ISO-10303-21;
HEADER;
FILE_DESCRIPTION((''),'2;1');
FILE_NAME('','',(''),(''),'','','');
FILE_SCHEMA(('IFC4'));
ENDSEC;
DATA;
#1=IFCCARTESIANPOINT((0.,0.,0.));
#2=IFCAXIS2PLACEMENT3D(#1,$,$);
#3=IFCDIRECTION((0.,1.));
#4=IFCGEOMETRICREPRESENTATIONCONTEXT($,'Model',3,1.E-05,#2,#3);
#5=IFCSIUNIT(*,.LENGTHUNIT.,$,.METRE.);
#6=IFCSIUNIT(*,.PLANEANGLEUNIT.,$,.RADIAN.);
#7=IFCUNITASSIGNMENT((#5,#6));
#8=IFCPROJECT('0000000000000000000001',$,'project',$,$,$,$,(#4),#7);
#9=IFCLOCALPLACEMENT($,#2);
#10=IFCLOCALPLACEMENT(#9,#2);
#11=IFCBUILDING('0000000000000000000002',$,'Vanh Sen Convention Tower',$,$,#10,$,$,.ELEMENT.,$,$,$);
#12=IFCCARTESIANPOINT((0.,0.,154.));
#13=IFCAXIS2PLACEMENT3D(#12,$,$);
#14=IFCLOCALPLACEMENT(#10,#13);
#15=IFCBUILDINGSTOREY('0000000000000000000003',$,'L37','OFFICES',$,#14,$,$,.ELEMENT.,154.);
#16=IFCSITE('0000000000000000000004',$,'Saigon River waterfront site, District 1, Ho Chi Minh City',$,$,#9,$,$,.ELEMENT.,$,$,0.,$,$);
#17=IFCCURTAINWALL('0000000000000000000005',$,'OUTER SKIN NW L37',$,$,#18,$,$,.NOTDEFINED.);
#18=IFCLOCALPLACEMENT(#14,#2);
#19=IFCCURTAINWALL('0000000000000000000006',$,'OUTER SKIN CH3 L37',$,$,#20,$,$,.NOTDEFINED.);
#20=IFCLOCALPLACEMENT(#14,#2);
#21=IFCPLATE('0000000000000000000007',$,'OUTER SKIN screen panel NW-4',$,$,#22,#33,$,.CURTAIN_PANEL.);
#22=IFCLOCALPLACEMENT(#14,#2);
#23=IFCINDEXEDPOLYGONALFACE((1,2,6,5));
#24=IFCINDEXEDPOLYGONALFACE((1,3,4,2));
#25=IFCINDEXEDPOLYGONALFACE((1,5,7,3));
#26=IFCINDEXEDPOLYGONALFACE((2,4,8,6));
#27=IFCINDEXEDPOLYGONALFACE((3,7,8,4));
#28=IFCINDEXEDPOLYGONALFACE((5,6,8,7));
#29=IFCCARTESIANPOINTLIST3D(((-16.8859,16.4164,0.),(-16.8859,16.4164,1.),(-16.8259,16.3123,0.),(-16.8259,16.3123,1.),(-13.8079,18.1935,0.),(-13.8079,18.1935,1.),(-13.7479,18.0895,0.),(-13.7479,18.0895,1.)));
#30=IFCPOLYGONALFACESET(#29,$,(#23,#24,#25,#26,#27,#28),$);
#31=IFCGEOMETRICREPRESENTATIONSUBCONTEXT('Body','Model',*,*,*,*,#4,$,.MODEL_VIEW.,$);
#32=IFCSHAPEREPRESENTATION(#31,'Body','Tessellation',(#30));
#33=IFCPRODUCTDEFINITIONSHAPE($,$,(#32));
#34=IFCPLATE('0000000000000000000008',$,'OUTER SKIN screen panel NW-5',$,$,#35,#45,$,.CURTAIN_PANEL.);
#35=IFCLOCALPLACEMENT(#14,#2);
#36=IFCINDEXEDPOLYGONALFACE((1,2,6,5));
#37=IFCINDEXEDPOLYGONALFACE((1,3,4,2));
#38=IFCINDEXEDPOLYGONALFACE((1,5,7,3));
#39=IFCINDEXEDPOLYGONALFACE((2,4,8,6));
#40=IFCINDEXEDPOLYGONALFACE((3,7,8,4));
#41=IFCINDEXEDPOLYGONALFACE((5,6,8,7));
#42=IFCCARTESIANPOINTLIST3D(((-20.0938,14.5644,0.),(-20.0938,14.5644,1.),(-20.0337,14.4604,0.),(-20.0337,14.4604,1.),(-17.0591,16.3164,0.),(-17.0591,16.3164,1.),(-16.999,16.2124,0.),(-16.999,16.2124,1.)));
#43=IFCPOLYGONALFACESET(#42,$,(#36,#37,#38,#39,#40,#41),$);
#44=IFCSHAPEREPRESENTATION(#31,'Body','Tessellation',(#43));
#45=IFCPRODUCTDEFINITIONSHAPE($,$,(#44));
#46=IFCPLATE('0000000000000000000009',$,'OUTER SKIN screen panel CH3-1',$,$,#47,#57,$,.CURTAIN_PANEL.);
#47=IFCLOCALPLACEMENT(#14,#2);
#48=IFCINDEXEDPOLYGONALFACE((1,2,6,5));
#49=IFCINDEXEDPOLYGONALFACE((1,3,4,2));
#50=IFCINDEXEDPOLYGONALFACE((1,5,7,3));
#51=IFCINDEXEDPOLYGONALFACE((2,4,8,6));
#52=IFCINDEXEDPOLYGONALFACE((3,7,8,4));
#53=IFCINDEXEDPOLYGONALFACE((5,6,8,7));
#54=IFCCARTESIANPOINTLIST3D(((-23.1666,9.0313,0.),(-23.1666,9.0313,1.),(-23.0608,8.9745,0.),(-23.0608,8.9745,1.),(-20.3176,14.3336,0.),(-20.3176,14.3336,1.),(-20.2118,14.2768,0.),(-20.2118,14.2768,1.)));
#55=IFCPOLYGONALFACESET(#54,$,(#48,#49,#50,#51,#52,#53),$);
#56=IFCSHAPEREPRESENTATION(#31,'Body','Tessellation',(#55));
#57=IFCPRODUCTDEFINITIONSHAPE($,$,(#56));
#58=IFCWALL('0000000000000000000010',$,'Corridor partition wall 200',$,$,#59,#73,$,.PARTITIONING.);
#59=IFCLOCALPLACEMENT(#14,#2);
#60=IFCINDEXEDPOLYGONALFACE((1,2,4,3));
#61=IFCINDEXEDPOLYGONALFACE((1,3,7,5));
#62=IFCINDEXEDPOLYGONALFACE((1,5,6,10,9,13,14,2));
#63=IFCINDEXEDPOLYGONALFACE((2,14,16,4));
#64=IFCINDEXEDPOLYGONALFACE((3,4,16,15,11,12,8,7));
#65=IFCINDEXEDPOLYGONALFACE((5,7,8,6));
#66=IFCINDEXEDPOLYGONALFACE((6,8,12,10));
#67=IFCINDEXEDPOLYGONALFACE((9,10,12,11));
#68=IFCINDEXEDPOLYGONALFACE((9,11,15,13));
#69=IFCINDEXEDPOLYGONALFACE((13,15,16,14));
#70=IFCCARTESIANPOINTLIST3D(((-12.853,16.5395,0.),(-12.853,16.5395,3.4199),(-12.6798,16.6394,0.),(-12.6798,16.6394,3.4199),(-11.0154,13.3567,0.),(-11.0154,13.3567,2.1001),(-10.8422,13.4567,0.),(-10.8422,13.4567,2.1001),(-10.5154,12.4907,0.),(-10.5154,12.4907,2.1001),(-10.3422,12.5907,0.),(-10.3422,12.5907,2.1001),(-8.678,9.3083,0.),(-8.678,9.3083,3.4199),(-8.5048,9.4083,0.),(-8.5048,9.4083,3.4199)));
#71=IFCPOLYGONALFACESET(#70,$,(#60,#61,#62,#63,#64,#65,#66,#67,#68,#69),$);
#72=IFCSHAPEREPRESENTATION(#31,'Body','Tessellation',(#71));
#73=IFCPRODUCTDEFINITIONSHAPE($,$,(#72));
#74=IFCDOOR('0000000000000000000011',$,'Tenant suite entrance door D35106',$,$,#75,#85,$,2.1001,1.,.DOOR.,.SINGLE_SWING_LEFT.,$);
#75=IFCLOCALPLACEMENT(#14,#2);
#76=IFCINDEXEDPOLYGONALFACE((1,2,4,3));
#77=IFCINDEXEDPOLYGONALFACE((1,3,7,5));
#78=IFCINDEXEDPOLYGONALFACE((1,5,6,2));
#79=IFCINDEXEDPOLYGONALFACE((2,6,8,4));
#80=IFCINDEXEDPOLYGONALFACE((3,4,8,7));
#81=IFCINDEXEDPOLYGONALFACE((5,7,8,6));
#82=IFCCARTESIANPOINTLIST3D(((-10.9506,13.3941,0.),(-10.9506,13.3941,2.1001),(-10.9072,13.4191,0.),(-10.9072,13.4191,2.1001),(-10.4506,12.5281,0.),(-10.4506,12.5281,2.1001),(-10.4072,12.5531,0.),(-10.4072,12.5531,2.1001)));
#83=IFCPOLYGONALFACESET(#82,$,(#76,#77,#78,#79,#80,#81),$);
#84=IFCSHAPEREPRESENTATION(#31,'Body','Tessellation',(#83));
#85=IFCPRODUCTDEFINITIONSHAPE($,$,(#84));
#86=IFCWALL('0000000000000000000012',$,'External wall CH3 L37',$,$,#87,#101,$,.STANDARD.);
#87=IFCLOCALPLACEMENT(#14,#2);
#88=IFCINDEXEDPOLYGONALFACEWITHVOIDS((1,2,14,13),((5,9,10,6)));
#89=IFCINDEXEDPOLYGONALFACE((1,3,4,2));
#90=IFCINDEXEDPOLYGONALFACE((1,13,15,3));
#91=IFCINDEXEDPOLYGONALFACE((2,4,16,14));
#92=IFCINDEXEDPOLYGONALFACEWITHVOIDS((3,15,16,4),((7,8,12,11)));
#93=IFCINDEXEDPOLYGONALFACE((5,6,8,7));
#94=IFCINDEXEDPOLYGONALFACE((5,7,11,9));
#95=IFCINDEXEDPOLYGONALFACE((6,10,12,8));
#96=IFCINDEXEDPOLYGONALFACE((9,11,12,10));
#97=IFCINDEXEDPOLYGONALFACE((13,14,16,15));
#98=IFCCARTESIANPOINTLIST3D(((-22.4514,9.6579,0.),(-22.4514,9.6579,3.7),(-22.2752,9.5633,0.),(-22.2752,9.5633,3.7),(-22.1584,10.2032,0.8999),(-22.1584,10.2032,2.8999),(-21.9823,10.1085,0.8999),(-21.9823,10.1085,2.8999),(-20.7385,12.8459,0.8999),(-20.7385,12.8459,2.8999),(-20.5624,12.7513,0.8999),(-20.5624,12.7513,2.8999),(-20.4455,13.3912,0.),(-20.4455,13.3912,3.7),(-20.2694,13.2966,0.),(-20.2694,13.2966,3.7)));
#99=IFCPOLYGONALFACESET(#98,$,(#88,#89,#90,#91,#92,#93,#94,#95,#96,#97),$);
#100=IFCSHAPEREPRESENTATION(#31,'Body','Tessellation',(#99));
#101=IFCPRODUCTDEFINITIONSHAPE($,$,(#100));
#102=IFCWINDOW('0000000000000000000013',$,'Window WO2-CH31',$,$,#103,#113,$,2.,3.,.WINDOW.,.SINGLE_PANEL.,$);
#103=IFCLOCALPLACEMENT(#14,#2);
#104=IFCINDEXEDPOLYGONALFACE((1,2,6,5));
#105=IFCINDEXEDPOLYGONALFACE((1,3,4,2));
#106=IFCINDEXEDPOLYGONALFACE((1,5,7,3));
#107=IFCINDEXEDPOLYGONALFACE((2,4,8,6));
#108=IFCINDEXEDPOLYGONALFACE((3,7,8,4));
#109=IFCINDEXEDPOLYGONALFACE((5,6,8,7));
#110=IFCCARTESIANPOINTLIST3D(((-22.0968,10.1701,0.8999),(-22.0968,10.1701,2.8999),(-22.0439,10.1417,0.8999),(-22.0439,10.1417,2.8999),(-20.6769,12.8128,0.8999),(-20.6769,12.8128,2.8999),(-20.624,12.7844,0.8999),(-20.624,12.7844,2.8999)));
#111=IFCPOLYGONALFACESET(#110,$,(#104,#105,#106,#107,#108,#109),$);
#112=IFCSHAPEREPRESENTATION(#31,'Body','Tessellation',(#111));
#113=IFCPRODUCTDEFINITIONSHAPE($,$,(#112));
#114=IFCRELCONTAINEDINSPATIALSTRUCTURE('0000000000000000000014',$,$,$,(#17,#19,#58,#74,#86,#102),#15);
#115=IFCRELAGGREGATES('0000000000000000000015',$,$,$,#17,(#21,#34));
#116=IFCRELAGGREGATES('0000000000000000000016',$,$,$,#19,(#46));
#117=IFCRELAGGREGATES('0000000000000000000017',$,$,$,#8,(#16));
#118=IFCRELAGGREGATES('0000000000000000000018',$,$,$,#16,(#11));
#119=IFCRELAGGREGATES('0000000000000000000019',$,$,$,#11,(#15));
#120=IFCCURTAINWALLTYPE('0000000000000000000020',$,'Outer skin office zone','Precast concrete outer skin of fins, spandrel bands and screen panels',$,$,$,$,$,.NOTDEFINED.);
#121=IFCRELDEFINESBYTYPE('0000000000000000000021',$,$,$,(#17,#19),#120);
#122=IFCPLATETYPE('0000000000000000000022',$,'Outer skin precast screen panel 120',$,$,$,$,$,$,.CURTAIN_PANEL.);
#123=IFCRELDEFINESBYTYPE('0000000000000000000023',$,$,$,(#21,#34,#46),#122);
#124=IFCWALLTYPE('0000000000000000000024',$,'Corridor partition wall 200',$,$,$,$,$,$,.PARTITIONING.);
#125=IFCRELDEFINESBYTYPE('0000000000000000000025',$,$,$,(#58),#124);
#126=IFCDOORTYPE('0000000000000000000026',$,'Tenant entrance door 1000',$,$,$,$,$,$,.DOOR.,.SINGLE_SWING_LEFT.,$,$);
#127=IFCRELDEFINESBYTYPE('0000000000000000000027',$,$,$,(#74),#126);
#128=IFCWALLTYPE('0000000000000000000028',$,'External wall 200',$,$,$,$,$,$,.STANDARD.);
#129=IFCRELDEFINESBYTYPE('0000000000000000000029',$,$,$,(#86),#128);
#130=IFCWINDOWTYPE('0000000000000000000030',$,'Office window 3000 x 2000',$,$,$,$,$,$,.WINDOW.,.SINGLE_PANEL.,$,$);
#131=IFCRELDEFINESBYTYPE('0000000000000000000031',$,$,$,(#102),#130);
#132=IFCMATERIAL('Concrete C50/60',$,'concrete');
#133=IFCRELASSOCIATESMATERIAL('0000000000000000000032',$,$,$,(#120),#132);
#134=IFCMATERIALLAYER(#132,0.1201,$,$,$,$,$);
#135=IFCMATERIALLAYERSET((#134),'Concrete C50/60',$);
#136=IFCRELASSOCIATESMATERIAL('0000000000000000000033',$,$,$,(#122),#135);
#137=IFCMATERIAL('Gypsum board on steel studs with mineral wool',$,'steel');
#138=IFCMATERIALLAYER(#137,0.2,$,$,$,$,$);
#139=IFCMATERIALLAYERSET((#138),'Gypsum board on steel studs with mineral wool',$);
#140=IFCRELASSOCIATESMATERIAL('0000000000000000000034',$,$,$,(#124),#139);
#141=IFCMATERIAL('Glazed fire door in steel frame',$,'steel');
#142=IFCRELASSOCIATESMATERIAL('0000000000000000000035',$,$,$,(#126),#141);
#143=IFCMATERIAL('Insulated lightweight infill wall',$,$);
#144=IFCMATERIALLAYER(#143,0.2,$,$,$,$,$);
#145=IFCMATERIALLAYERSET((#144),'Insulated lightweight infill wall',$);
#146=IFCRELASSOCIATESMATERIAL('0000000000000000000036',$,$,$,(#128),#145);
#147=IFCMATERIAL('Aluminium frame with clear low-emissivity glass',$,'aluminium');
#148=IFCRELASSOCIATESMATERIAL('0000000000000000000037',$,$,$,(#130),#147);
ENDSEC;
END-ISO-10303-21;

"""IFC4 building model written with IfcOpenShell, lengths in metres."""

from ifc_helpers import new_model, si_unit, direction, frame, frame_2d, origin, origin_2d, place, context, subcontext, project, spatial, rectangle, extrude, material, layer, layer_set, type_object, element, fill, aggregate, save


model = new_model("IFC4")

# Units and contexts
model_context = context("Model", 3, precision=1e-05, world=origin(), true_north=direction((0.0, 1.0)))
body_context = subcontext(model_context, "Body", "Model", "MODEL_VIEW")
ifc_project = project(units=[si_unit("LENGTHUNIT", "METRE"), si_unit("PLANEANGLEUNIT", "RADIAN")], contexts=[model_context])

# Site, building, storey
site_placement = place(None, origin())
site = spatial("IfcSite", under=ifc_project, at=site_placement, Name="Saigon River waterfront site, District 1, Ho Chi Minh City", CompositionType="ELEMENT", RefElevation=0.0)
building_placement = place(site_placement, origin())
building = spatial("IfcBuilding", under=site, at=building_placement, Name="Vanh Sen Convention Tower", CompositionType="ELEMENT")
storey_placement = place(building_placement, frame((0.0, 0.0, 154.0)))
storey = spatial("IfcBuildingStorey", under=building, at=storey_placement, Name="L37", Description="OFFICES", CompositionType="ELEMENT", Elevation=154.0)

# Curtain wall
ifc_material_1 = material(Name="Concrete C50/60", Category="concrete")
curtain_wall_type = type_object("IfcCurtainWallType", Name="Outer skin office zone", Description="Precast concrete outer skin of fins, spandrel bands and screen panels", PredefinedType="NOTDEFINED", material=ifc_material_1)
curtain_wall_1_placement = place(storey_placement, origin())
curtain_wall_1 = element("IfcCurtainWall", 1, at=curtain_wall_1_placement, inside=storey, type_object=curtain_wall_type, Name="OUTER SKIN NW L37", PredefinedType="NOTDEFINED")

# Curtain wall
curtain_wall_2_placement = place(storey_placement, origin())
curtain_wall_2 = element("IfcCurtainWall", 2, at=curtain_wall_2_placement, inside=storey, type_object=curtain_wall_type, Name="OUTER SKIN CH3 L37", PredefinedType="NOTDEFINED")

# Plates
ifc_layer_1 = layer(ifc_material_1, 0.1201)
ifc_layer_set_1 = layer_set([ifc_layer_1], Name="Concrete C50/60")
plate_type = type_object("IfcPlateType", Name="Outer skin precast screen panel 120", PredefinedType="CURTAIN_PANEL", material=ifc_layer_set_1)
plate_1_placement = place(storey_placement, frame((-15.3169, 17.2529, 0.0), z_axis=(0.0, 0.0, 1.0), x_axis=(-0.866017, -0.500015, 0.0)))
plate_1 = element("IfcPlate", 3, at=plate_1_placement, type_object=plate_type, Name="OUTER SKIN screen panel NW-4", PredefinedType="CURTAIN_PANEL", context=body_context, shape_type="SweptSolid", body=[
    extrude(rectangle(XDim=3.5542, YDim=0.1201, at=origin_2d()), origin(), (0.0, 0.0, 1.0), 1.0),
])
plate_2_placement = place(storey_placement, frame((-18.5464, 15.3884, 0.0), z_axis=(0.0, 0.0, 1.0), x_axis=(-0.866035, -0.499983, 0.0)))
plate_2 = element("IfcPlate", 4, at=plate_2_placement, type_object=plate_type, Name="OUTER SKIN screen panel NW-5", PredefinedType="CURTAIN_PANEL", context=body_context, shape_type="SweptSolid", body=[
    extrude(rectangle(XDim=3.5042, YDim=0.1201, at=origin_2d()), origin(), (0.0, 0.0, 1.0), 1.0),
])
aggregate(curtain_wall_1, [plate_1, plate_2])
plate_3_placement = place(storey_placement, frame((-21.6892, 11.6541, 0.0), z_axis=(0.0, 0.0, 1.0), x_axis=(-0.473318, -0.880892, 0.0)))
plate_3 = element("IfcPlate", 5, at=plate_3_placement, type_object=plate_type, Name="OUTER SKIN screen panel CH3-1", PredefinedType="CURTAIN_PANEL", context=body_context, shape_type="SweptSolid", body=[
    extrude(rectangle(XDim=6.0193, YDim=0.1201, at=origin_2d()), origin(), (0.0, 0.0, 1.0), 1.0),
])
aggregate(curtain_wall_2, [plate_3])

# Wall, opening, door
ifc_material_2 = material(Name="Gypsum board on steel studs with mineral wool", Category="steel")
ifc_layer_2 = layer(ifc_material_2, 0.2)
ifc_layer_set_2 = layer_set([ifc_layer_2], Name="Gypsum board on steel studs with mineral wool")
wall_type_1 = type_object("IfcWallType", Name="Corridor partition wall 200", PredefinedType="PARTITIONING", material=ifc_layer_set_2)
wall_1_placement = place(storey_placement, frame((-12.7664, 16.5894, 0.0), z_axis=(0.0, 0.0, 1.0), x_axis=(0.50001, -0.86602, 0.0)))
wall_1 = element("IfcWall", 6, at=wall_1_placement, inside=storey, type_object=wall_type_1, Name="Corridor partition wall 200", PredefinedType="PARTITIONING", context=body_context, shape_type="SweptSolid", body=[
    extrude(rectangle(XDim=8.3499, YDim=0.2, at=frame_2d((4.1748, 0.0))), origin(), (0.0, 0.0, 1.0), 3.4199),
])
opening_1_placement = place(wall_1_placement, frame((3.675, 0.0, 0.0)))
opening_1 = element("IfcOpeningElement", 7, at=opening_1_placement, cuts=wall_1, PredefinedType="OPENING", context=body_context, shape_type="SweptSolid", body=[
    extrude(rectangle(XDim=1.0, YDim=2.1001, at=frame_2d((0.5, 1.05))), frame((0.0, 0.1099, 0.0), z_axis=(0.0, -1.0, 0.0), x_axis=(1.0, 0.0, 0.0)), (0.0, 0.0, 1.0), 0.22),
])
ifc_material_3 = material(Name="Glazed fire door in steel frame", Category="steel")
door_type = type_object("IfcDoorType", Name="Tenant entrance door 1000", OperationType="SINGLE_SWING_LEFT", PredefinedType="DOOR", material=ifc_material_3)
door_placement = place(opening_1_placement, origin())
door = element("IfcDoor", 8, at=door_placement, inside=storey, type_object=door_type, Name="Tenant suite entrance door D35106", OperationType="SINGLE_SWING_LEFT", OverallHeight=2.1001, OverallWidth=1.0, PredefinedType="DOOR", context=body_context, shape_type="SweptSolid", body=[
    extrude(rectangle(XDim=1.0, YDim=2.1001, at=frame_2d((0.5, 1.05))), frame((0.0, 0.0249, 0.0), z_axis=(0.0, -1.0, 0.0), x_axis=(1.0, 0.0, 0.0)), (0.0, 0.0, 1.0), 0.05),
])
fill(opening_1, door)

# Wall, opening, window
ifc_material_4 = material(Name="Insulated lightweight infill wall")
ifc_layer_3 = layer(ifc_material_4, 0.2)
ifc_layer_set_3 = layer_set([ifc_layer_3], Name="Insulated lightweight infill wall")
wall_type_2 = type_object("IfcWallType", Name="External wall 200", PredefinedType="STANDARD", material=ifc_layer_set_3)
wall_2_placement = place(storey_placement, frame((-20.3574, 13.344, 0.0), z_axis=(0.0, 0.0, 1.0), x_axis=(-0.473289, -0.880907, 0.0)))
wall_2 = element("IfcWall", 9, at=wall_2_placement, inside=storey, type_object=wall_type_2, Name="External wall CH3 L37", PredefinedType="STANDARD", context=body_context, shape_type="SweptSolid", body=[
    extrude(rectangle(XDim=4.238, YDim=0.2, at=frame_2d((2.1191, 0.0))), origin(), (0.0, 0.0, 1.0), 3.7),
])
opening_2_placement = place(wall_2_placement, frame((0.6191, 0.0, 0.8999)))
opening_2 = element("IfcOpeningElement", 10, at=opening_2_placement, cuts=wall_2, PredefinedType="OPENING", context=body_context, shape_type="SweptSolid", body=[
    extrude(rectangle(XDim=3.0, YDim=2.0, at=frame_2d((1.5, 1.0))), frame((0.0, 0.1099, 0.0), z_axis=(0.0, -1.0, 0.0), x_axis=(1.0, 0.0, 0.0)), (0.0, 0.0, 1.0), 0.22),
])
ifc_material_5 = material(Name="Aluminium frame with clear low-emissivity glass", Category="aluminium")
window_type_1 = type_object("IfcWindowType", Name="Office window 3000 x 2000", PartitioningType="SINGLE_PANEL", PredefinedType="WINDOW", material=ifc_material_5)
window_1_placement = place(opening_2_placement, origin())
window_1 = element("IfcWindow", 11, at=window_1_placement, inside=storey, type_object=window_type_1, Name="Window WO2-CH31", OverallHeight=2.0, OverallWidth=3.0, PartitioningType="SINGLE_PANEL", PredefinedType="WINDOW", context=body_context, shape_type="SweptSolid", body=[
    extrude(rectangle(XDim=3.0, YDim=2.0, at=frame_2d((1.5, 1.0))), frame((0.0, 0.03, 0.0), z_axis=(0.0, -1.0, 0.0), x_axis=(1.0, 0.0, 0.0)), (0.0, 0.0, 1.0), 0.0601),
])
fill(opening_2, window_1)

save(model, "model.ifc")
